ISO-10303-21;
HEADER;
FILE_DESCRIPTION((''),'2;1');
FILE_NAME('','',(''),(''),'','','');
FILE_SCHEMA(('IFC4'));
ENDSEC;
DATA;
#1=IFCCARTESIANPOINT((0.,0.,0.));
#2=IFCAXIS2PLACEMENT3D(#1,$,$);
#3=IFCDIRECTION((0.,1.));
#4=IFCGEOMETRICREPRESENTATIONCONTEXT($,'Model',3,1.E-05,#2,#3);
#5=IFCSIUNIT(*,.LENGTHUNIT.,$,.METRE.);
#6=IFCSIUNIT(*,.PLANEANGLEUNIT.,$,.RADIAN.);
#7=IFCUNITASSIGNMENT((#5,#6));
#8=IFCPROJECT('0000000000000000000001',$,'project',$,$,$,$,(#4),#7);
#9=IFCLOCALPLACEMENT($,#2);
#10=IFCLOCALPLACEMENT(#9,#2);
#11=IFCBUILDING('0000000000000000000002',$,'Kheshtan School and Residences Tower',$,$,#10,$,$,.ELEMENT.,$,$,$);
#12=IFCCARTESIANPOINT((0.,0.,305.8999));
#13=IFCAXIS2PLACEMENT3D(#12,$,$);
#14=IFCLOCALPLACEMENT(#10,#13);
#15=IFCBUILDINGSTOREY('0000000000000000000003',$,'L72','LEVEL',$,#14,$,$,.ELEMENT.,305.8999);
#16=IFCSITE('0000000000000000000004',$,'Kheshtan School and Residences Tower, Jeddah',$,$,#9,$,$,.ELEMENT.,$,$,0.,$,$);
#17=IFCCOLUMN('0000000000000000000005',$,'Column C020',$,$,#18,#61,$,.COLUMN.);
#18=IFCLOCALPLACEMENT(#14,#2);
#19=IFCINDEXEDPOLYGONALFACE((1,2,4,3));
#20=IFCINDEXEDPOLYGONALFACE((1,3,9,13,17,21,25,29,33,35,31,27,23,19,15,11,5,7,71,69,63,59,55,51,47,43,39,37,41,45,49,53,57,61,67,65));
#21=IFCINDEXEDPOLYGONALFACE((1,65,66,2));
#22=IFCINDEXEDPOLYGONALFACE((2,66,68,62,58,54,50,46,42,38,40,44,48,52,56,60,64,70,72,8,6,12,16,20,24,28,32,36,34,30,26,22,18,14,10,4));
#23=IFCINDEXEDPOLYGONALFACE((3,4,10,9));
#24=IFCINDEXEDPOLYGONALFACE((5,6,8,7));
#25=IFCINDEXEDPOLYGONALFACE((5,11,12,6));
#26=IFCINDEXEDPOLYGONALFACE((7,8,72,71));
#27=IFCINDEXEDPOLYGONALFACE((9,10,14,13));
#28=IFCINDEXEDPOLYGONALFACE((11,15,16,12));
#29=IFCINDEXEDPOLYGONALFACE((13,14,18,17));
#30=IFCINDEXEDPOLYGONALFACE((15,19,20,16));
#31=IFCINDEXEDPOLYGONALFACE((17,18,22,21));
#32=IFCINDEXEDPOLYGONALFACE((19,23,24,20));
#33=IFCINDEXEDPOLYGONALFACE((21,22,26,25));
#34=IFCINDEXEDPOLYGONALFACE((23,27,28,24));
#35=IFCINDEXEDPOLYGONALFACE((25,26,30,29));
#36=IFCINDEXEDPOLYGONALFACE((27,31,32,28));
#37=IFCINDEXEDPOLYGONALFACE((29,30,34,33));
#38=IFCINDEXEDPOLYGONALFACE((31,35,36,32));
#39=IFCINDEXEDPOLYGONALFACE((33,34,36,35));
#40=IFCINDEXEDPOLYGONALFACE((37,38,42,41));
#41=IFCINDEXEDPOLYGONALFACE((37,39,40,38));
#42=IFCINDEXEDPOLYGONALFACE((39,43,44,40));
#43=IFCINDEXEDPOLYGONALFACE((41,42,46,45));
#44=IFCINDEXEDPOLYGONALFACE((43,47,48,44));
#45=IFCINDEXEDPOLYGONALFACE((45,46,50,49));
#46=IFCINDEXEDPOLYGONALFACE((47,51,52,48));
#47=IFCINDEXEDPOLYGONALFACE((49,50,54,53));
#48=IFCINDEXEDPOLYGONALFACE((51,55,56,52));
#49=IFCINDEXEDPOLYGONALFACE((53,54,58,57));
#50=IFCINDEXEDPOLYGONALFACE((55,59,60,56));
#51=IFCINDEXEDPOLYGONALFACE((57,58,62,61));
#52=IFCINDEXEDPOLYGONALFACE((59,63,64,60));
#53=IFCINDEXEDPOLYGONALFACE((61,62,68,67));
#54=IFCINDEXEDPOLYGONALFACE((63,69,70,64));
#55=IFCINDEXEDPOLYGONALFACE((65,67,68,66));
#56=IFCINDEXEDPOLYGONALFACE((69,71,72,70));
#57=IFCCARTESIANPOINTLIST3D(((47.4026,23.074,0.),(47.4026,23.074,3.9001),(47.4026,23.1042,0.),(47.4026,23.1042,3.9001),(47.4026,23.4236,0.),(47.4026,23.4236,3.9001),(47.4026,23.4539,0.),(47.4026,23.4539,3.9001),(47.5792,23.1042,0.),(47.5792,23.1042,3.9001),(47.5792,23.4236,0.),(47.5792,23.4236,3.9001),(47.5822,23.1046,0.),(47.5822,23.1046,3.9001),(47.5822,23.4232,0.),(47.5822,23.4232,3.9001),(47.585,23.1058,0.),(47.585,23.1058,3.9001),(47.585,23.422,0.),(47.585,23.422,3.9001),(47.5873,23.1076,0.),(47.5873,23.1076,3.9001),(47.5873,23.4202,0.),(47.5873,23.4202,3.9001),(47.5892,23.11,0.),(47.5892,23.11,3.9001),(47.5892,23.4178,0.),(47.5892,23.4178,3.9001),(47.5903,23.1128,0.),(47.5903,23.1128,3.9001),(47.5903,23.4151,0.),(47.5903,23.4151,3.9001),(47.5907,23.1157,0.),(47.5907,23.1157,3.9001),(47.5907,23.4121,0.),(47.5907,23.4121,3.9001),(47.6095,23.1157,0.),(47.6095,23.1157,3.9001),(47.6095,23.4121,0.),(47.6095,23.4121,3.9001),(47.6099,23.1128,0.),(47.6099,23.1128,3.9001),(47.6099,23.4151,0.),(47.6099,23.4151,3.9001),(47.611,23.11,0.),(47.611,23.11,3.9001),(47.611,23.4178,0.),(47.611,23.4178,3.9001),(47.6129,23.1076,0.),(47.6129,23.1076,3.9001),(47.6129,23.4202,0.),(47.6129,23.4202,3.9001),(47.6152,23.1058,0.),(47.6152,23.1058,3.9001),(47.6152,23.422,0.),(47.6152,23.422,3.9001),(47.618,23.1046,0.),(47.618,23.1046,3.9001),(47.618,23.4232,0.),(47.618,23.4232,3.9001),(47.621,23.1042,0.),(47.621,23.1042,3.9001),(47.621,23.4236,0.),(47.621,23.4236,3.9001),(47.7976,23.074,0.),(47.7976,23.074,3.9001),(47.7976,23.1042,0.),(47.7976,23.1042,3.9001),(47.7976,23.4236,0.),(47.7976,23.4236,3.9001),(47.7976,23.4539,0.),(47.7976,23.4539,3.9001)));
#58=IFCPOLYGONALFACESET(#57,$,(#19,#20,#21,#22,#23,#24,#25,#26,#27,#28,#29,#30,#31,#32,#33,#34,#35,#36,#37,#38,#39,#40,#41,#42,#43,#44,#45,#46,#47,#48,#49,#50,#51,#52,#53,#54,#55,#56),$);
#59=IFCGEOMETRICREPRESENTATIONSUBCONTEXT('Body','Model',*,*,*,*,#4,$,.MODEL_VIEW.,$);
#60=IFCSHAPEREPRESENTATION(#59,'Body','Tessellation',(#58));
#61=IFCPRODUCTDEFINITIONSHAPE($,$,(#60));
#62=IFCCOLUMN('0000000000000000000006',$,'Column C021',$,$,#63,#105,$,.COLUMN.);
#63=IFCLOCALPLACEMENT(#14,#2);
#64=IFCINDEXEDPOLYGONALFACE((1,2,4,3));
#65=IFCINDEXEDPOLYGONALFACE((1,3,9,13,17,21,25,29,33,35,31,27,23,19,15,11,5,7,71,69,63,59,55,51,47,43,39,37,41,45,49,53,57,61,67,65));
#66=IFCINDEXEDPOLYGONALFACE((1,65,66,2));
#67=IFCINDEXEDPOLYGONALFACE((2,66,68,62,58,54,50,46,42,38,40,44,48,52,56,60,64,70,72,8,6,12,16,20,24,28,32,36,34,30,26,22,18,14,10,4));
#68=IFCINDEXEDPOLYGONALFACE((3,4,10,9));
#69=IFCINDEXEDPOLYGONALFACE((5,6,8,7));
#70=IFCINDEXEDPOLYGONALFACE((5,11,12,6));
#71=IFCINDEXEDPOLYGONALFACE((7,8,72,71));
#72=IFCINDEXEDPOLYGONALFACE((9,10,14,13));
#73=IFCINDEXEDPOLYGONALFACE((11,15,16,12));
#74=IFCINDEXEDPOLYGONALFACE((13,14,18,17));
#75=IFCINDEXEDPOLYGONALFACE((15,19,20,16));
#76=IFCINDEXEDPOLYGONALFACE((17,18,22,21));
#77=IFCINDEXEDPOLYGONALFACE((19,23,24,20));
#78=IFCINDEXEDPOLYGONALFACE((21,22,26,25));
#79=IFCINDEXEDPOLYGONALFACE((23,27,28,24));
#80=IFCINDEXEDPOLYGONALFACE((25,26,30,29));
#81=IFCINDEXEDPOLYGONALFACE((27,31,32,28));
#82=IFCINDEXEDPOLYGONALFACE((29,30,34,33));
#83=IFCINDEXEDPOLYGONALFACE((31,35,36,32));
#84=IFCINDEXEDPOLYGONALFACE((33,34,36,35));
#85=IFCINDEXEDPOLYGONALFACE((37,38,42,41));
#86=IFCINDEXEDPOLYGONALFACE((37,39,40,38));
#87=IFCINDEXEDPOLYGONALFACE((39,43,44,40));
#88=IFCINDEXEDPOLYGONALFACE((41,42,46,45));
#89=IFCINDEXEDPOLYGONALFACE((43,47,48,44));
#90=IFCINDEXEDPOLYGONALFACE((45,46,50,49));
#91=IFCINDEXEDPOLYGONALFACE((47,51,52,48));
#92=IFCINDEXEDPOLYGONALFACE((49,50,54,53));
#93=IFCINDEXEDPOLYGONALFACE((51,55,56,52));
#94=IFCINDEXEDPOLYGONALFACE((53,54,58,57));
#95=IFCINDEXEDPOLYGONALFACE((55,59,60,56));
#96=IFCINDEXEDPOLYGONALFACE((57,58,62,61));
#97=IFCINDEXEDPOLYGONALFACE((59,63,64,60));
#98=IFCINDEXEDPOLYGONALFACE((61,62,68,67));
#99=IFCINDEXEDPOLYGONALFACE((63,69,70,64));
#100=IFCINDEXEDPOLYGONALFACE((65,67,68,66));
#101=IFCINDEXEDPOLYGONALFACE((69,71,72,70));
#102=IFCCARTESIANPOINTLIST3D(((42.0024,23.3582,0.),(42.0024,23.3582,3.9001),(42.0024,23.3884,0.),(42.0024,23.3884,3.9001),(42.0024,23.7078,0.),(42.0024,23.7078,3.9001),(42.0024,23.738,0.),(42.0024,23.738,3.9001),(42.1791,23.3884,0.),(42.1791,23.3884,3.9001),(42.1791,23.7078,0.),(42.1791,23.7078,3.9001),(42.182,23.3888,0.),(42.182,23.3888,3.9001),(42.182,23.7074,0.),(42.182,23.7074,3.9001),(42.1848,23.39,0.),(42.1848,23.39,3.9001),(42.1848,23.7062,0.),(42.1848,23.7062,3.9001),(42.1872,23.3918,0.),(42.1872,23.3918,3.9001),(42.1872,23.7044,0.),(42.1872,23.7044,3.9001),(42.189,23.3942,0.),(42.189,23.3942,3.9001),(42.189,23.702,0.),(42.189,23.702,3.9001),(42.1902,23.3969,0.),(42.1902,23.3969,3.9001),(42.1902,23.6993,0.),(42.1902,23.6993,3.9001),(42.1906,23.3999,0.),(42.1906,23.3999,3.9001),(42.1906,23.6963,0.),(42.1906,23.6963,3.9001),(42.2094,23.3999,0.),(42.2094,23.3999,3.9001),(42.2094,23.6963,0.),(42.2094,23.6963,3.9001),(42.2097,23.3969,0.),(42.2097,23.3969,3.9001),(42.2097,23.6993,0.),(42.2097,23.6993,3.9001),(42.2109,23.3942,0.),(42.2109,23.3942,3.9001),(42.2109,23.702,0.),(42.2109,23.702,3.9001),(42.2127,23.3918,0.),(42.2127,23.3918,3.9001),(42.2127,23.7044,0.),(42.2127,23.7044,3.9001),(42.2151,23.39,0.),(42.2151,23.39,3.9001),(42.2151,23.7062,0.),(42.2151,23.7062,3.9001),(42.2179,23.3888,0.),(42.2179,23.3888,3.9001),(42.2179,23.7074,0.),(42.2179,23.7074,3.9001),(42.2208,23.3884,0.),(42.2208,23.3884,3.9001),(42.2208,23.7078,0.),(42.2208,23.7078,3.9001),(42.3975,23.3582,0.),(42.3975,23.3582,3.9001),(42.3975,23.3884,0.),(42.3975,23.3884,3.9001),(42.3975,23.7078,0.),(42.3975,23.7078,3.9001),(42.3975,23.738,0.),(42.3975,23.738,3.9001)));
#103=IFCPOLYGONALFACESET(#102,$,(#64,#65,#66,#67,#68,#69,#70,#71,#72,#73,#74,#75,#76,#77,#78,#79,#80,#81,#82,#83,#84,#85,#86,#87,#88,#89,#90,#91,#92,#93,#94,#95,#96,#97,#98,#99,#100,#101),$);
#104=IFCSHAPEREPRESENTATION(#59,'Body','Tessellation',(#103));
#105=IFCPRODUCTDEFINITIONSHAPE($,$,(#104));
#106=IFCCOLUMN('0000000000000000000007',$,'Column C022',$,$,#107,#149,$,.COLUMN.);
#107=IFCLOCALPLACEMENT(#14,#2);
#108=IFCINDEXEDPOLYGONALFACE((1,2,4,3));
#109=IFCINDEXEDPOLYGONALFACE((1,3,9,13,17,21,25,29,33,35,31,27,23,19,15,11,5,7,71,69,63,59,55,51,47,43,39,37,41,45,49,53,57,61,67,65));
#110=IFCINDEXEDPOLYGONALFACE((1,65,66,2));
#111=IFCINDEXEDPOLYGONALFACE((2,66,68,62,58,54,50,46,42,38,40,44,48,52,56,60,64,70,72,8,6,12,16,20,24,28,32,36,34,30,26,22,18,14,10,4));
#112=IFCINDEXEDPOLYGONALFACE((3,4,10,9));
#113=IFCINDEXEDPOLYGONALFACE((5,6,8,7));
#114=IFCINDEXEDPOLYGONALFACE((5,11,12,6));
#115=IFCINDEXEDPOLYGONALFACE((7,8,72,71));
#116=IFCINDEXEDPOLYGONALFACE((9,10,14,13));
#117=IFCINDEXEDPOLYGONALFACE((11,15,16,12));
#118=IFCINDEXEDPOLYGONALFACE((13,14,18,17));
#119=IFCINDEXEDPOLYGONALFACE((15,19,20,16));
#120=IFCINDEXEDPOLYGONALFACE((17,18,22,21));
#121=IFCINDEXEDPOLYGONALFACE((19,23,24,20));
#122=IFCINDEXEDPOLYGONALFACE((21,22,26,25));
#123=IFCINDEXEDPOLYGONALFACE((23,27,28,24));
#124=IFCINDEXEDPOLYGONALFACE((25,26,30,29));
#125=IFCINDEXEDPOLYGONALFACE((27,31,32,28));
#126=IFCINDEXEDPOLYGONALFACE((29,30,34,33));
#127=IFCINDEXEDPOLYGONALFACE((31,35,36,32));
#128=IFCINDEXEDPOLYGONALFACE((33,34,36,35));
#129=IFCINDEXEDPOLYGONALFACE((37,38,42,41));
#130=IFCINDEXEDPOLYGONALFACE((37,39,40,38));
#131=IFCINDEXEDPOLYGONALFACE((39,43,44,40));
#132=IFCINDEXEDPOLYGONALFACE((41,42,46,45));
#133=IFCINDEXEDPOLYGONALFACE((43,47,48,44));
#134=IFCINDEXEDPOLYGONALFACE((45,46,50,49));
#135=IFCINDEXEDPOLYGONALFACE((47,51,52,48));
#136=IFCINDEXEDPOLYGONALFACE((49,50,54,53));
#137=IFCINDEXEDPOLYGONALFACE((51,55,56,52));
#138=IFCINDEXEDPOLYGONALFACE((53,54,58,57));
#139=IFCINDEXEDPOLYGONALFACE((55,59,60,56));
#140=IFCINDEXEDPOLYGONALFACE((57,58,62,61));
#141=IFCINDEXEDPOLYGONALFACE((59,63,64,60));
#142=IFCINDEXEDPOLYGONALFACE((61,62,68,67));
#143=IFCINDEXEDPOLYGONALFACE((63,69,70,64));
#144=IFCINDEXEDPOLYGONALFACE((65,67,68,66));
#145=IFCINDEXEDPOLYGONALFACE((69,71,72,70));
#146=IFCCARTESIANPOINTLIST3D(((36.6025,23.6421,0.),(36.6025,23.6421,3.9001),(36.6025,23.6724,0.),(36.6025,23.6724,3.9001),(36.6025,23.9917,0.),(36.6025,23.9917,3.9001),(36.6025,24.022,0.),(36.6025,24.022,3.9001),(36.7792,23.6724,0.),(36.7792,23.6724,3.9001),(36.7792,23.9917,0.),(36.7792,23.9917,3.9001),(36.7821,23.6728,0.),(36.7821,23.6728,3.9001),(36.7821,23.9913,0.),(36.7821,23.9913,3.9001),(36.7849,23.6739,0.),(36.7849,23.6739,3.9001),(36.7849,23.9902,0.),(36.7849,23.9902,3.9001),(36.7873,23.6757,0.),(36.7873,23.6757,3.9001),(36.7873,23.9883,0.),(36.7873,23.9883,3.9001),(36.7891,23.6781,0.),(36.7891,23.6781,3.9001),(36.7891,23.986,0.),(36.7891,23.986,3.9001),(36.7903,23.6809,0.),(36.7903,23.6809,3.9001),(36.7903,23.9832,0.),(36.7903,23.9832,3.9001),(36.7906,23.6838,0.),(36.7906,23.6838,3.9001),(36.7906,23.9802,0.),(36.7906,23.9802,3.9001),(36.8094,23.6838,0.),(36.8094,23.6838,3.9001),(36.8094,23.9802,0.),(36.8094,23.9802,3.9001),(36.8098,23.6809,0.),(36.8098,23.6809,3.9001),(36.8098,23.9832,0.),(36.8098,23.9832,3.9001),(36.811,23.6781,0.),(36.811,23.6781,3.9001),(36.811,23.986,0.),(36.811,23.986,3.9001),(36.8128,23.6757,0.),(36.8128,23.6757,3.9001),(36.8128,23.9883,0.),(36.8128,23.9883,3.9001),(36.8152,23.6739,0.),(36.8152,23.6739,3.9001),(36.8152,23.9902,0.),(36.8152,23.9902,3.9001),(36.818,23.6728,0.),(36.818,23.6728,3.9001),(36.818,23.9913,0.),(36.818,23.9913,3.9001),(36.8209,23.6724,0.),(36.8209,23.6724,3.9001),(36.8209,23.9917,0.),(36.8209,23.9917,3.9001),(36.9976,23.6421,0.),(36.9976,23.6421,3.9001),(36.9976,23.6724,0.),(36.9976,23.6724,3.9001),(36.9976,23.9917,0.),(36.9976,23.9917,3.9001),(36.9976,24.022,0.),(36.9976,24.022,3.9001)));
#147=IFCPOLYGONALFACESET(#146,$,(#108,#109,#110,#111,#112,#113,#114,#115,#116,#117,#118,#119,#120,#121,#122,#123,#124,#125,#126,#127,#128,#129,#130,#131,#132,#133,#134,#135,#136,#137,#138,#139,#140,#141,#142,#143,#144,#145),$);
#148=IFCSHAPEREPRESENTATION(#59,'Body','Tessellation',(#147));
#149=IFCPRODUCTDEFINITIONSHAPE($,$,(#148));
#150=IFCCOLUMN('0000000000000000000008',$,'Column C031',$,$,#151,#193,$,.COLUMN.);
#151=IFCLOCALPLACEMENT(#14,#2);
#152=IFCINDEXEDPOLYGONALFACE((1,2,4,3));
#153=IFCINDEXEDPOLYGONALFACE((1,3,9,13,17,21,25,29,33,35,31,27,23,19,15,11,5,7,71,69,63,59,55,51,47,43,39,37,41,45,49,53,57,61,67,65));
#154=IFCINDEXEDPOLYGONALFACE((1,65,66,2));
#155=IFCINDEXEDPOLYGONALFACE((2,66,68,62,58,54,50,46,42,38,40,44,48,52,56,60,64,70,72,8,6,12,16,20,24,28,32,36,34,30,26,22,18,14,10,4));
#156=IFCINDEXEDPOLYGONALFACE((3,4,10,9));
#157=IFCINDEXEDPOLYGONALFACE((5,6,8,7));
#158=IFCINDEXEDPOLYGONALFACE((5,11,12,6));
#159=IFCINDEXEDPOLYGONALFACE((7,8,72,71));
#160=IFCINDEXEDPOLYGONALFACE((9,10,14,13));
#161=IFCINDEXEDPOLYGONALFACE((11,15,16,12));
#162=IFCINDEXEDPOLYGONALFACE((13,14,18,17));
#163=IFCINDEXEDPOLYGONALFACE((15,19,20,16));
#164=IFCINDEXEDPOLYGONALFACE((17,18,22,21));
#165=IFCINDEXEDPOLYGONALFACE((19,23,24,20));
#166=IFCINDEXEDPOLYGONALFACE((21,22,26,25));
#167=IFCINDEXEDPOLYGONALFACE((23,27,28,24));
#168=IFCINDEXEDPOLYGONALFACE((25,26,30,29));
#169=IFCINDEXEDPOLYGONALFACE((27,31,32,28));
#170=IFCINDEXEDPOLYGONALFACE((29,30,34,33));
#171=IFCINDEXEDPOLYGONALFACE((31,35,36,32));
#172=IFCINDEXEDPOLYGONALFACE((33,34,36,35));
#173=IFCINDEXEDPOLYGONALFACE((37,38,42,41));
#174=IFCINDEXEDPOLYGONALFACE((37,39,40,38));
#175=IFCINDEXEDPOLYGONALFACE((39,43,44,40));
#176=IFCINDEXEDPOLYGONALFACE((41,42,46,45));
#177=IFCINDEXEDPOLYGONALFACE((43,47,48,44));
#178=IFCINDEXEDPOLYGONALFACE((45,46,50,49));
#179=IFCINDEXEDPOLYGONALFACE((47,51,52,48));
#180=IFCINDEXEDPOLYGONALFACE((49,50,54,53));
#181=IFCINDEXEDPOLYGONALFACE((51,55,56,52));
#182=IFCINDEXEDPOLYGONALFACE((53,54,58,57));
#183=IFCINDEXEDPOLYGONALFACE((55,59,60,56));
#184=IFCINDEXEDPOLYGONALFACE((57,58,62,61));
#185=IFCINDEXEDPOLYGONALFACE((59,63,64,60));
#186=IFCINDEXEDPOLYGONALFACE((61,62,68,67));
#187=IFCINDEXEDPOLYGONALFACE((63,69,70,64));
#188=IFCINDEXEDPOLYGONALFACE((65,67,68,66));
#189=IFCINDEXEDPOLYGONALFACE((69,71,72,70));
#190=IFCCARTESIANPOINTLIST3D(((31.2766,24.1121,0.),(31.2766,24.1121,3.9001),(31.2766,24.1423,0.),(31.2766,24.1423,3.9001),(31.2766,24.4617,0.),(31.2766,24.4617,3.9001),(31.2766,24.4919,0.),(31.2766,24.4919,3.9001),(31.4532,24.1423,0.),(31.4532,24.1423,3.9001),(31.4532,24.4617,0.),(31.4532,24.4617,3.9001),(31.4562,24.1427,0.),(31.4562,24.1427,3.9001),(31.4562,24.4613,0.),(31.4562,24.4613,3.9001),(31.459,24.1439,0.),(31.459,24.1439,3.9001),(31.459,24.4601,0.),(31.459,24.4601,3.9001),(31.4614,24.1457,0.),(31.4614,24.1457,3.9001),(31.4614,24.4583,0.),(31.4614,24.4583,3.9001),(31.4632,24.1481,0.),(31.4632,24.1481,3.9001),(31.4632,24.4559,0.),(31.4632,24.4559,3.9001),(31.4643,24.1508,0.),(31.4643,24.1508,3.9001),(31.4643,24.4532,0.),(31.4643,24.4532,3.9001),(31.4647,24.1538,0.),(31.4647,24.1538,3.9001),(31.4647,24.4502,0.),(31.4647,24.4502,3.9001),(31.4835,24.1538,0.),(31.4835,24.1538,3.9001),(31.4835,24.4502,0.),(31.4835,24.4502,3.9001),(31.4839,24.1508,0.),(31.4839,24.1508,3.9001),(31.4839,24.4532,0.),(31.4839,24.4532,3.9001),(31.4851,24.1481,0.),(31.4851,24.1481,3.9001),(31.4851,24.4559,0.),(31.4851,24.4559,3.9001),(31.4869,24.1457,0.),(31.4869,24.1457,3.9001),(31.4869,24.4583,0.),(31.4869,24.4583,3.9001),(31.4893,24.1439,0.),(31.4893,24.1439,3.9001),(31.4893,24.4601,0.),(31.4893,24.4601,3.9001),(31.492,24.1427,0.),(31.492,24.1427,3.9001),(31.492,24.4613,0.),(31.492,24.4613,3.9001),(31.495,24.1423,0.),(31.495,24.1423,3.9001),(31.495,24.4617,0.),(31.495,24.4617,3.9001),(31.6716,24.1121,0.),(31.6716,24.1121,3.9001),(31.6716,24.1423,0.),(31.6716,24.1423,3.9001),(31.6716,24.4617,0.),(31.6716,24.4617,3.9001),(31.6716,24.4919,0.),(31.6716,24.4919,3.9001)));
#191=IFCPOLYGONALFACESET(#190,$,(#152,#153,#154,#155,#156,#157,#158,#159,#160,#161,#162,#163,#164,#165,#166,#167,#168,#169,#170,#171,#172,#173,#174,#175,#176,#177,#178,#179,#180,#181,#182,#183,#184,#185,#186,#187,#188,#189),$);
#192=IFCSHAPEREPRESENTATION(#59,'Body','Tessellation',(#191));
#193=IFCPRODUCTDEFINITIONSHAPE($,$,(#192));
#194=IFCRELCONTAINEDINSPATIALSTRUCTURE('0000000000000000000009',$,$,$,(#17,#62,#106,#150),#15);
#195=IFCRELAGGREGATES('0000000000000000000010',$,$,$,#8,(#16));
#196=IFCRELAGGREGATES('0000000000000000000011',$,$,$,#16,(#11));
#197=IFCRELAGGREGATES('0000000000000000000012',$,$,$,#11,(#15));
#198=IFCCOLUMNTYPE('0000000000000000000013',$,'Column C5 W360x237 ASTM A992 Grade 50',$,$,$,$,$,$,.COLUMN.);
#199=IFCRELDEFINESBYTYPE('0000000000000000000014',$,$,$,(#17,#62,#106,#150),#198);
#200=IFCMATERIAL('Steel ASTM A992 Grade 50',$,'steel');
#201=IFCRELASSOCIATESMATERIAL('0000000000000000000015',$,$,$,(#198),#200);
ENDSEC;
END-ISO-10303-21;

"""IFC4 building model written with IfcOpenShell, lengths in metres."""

from ifc_helpers import new_model, si_unit, direction, frame, origin, origin_2d, place, context, subcontext, project, spatial, i_section, extrude, material, material_profile, profile_set, type_object, element, save


model = new_model("IFC4")

# Units and contexts
model_context = context("Model", 3, precision=1e-05, world=origin(), true_north=direction((0.0, 1.0)))
body_context = subcontext(model_context, "Body", "Model", "MODEL_VIEW")
ifc_project = project(units=[si_unit("LENGTHUNIT", "METRE"), si_unit("PLANEANGLEUNIT", "RADIAN")], contexts=[model_context])

# Site, building, storey
site_placement = place(None, origin())
site = spatial("IfcSite", under=ifc_project, at=site_placement, Name="Kheshtan School and Residences Tower, Jeddah", CompositionType="ELEMENT", RefElevation=0.0)
building_placement = place(site_placement, origin())
building = spatial("IfcBuilding", under=site, at=building_placement, Name="Kheshtan School and Residences Tower", CompositionType="ELEMENT")
storey_placement = place(building_placement, frame((0.0, 0.0, 305.8999)))
storey = spatial("IfcBuildingStorey", under=building, at=storey_placement, Name="L72", Description="LEVEL", CompositionType="ELEMENT", Elevation=305.8999)

# Columns
ifc_material_1 = material(Name="Steel ASTM A992 Grade 50", Category="steel")
ifc_material_profile_1 = material_profile(ifc_material_1, i_section(OverallWidth=0.395, OverallDepth=0.3799, WebThickness=0.0188, FlangeThickness=0.0303, FilletRadius=0.0115, at=origin_2d()), Name="W360x237")
ifc_profile_set_1 = profile_set([ifc_material_profile_1], Name="Steel ASTM A992 Grade 50")
column_type = type_object("IfcColumnType", Name="Column C5 W360x237 ASTM A992 Grade 50", PredefinedType="COLUMN", material=ifc_profile_set_1)
for number, where, z_axis, x_axis, name in (
    (1, (47.6001, 23.2639, 0.0), (0.0, 0.0, 1.0), (1.0, 0.0, 0.0), "Column C020"),
    (2, (42.2, 23.5481, 0.0), (0.0, 0.0, 1.0), (1.0, 0.0, 0.0), "Column C021"),
    (3, (36.8, 23.832, 0.0), (0.0, 0.0, 1.0), (1.0, 0.0, 0.0), "Column C022"),
    (4, (31.4741, 24.302, 0.0), (0.0, 0.0, 1.0), (1.0, 0.0, 0.0), "Column C031"),
):
    element("IfcColumn", number, at=place(storey_placement, frame(where, z_axis=z_axis, x_axis=x_axis)), inside=storey, type_object=column_type, Name=name, PredefinedType="COLUMN", context=body_context, shape_type="SweptSolid", body=[
        extrude(i_section(OverallWidth=0.395, OverallDepth=0.3799, WebThickness=0.0188, FlangeThickness=0.0303, FilletRadius=0.0115, at=origin_2d()), origin(), (0.0, 0.0, 1.0), 3.9001),
    ])

save(model, "model.ifc")
